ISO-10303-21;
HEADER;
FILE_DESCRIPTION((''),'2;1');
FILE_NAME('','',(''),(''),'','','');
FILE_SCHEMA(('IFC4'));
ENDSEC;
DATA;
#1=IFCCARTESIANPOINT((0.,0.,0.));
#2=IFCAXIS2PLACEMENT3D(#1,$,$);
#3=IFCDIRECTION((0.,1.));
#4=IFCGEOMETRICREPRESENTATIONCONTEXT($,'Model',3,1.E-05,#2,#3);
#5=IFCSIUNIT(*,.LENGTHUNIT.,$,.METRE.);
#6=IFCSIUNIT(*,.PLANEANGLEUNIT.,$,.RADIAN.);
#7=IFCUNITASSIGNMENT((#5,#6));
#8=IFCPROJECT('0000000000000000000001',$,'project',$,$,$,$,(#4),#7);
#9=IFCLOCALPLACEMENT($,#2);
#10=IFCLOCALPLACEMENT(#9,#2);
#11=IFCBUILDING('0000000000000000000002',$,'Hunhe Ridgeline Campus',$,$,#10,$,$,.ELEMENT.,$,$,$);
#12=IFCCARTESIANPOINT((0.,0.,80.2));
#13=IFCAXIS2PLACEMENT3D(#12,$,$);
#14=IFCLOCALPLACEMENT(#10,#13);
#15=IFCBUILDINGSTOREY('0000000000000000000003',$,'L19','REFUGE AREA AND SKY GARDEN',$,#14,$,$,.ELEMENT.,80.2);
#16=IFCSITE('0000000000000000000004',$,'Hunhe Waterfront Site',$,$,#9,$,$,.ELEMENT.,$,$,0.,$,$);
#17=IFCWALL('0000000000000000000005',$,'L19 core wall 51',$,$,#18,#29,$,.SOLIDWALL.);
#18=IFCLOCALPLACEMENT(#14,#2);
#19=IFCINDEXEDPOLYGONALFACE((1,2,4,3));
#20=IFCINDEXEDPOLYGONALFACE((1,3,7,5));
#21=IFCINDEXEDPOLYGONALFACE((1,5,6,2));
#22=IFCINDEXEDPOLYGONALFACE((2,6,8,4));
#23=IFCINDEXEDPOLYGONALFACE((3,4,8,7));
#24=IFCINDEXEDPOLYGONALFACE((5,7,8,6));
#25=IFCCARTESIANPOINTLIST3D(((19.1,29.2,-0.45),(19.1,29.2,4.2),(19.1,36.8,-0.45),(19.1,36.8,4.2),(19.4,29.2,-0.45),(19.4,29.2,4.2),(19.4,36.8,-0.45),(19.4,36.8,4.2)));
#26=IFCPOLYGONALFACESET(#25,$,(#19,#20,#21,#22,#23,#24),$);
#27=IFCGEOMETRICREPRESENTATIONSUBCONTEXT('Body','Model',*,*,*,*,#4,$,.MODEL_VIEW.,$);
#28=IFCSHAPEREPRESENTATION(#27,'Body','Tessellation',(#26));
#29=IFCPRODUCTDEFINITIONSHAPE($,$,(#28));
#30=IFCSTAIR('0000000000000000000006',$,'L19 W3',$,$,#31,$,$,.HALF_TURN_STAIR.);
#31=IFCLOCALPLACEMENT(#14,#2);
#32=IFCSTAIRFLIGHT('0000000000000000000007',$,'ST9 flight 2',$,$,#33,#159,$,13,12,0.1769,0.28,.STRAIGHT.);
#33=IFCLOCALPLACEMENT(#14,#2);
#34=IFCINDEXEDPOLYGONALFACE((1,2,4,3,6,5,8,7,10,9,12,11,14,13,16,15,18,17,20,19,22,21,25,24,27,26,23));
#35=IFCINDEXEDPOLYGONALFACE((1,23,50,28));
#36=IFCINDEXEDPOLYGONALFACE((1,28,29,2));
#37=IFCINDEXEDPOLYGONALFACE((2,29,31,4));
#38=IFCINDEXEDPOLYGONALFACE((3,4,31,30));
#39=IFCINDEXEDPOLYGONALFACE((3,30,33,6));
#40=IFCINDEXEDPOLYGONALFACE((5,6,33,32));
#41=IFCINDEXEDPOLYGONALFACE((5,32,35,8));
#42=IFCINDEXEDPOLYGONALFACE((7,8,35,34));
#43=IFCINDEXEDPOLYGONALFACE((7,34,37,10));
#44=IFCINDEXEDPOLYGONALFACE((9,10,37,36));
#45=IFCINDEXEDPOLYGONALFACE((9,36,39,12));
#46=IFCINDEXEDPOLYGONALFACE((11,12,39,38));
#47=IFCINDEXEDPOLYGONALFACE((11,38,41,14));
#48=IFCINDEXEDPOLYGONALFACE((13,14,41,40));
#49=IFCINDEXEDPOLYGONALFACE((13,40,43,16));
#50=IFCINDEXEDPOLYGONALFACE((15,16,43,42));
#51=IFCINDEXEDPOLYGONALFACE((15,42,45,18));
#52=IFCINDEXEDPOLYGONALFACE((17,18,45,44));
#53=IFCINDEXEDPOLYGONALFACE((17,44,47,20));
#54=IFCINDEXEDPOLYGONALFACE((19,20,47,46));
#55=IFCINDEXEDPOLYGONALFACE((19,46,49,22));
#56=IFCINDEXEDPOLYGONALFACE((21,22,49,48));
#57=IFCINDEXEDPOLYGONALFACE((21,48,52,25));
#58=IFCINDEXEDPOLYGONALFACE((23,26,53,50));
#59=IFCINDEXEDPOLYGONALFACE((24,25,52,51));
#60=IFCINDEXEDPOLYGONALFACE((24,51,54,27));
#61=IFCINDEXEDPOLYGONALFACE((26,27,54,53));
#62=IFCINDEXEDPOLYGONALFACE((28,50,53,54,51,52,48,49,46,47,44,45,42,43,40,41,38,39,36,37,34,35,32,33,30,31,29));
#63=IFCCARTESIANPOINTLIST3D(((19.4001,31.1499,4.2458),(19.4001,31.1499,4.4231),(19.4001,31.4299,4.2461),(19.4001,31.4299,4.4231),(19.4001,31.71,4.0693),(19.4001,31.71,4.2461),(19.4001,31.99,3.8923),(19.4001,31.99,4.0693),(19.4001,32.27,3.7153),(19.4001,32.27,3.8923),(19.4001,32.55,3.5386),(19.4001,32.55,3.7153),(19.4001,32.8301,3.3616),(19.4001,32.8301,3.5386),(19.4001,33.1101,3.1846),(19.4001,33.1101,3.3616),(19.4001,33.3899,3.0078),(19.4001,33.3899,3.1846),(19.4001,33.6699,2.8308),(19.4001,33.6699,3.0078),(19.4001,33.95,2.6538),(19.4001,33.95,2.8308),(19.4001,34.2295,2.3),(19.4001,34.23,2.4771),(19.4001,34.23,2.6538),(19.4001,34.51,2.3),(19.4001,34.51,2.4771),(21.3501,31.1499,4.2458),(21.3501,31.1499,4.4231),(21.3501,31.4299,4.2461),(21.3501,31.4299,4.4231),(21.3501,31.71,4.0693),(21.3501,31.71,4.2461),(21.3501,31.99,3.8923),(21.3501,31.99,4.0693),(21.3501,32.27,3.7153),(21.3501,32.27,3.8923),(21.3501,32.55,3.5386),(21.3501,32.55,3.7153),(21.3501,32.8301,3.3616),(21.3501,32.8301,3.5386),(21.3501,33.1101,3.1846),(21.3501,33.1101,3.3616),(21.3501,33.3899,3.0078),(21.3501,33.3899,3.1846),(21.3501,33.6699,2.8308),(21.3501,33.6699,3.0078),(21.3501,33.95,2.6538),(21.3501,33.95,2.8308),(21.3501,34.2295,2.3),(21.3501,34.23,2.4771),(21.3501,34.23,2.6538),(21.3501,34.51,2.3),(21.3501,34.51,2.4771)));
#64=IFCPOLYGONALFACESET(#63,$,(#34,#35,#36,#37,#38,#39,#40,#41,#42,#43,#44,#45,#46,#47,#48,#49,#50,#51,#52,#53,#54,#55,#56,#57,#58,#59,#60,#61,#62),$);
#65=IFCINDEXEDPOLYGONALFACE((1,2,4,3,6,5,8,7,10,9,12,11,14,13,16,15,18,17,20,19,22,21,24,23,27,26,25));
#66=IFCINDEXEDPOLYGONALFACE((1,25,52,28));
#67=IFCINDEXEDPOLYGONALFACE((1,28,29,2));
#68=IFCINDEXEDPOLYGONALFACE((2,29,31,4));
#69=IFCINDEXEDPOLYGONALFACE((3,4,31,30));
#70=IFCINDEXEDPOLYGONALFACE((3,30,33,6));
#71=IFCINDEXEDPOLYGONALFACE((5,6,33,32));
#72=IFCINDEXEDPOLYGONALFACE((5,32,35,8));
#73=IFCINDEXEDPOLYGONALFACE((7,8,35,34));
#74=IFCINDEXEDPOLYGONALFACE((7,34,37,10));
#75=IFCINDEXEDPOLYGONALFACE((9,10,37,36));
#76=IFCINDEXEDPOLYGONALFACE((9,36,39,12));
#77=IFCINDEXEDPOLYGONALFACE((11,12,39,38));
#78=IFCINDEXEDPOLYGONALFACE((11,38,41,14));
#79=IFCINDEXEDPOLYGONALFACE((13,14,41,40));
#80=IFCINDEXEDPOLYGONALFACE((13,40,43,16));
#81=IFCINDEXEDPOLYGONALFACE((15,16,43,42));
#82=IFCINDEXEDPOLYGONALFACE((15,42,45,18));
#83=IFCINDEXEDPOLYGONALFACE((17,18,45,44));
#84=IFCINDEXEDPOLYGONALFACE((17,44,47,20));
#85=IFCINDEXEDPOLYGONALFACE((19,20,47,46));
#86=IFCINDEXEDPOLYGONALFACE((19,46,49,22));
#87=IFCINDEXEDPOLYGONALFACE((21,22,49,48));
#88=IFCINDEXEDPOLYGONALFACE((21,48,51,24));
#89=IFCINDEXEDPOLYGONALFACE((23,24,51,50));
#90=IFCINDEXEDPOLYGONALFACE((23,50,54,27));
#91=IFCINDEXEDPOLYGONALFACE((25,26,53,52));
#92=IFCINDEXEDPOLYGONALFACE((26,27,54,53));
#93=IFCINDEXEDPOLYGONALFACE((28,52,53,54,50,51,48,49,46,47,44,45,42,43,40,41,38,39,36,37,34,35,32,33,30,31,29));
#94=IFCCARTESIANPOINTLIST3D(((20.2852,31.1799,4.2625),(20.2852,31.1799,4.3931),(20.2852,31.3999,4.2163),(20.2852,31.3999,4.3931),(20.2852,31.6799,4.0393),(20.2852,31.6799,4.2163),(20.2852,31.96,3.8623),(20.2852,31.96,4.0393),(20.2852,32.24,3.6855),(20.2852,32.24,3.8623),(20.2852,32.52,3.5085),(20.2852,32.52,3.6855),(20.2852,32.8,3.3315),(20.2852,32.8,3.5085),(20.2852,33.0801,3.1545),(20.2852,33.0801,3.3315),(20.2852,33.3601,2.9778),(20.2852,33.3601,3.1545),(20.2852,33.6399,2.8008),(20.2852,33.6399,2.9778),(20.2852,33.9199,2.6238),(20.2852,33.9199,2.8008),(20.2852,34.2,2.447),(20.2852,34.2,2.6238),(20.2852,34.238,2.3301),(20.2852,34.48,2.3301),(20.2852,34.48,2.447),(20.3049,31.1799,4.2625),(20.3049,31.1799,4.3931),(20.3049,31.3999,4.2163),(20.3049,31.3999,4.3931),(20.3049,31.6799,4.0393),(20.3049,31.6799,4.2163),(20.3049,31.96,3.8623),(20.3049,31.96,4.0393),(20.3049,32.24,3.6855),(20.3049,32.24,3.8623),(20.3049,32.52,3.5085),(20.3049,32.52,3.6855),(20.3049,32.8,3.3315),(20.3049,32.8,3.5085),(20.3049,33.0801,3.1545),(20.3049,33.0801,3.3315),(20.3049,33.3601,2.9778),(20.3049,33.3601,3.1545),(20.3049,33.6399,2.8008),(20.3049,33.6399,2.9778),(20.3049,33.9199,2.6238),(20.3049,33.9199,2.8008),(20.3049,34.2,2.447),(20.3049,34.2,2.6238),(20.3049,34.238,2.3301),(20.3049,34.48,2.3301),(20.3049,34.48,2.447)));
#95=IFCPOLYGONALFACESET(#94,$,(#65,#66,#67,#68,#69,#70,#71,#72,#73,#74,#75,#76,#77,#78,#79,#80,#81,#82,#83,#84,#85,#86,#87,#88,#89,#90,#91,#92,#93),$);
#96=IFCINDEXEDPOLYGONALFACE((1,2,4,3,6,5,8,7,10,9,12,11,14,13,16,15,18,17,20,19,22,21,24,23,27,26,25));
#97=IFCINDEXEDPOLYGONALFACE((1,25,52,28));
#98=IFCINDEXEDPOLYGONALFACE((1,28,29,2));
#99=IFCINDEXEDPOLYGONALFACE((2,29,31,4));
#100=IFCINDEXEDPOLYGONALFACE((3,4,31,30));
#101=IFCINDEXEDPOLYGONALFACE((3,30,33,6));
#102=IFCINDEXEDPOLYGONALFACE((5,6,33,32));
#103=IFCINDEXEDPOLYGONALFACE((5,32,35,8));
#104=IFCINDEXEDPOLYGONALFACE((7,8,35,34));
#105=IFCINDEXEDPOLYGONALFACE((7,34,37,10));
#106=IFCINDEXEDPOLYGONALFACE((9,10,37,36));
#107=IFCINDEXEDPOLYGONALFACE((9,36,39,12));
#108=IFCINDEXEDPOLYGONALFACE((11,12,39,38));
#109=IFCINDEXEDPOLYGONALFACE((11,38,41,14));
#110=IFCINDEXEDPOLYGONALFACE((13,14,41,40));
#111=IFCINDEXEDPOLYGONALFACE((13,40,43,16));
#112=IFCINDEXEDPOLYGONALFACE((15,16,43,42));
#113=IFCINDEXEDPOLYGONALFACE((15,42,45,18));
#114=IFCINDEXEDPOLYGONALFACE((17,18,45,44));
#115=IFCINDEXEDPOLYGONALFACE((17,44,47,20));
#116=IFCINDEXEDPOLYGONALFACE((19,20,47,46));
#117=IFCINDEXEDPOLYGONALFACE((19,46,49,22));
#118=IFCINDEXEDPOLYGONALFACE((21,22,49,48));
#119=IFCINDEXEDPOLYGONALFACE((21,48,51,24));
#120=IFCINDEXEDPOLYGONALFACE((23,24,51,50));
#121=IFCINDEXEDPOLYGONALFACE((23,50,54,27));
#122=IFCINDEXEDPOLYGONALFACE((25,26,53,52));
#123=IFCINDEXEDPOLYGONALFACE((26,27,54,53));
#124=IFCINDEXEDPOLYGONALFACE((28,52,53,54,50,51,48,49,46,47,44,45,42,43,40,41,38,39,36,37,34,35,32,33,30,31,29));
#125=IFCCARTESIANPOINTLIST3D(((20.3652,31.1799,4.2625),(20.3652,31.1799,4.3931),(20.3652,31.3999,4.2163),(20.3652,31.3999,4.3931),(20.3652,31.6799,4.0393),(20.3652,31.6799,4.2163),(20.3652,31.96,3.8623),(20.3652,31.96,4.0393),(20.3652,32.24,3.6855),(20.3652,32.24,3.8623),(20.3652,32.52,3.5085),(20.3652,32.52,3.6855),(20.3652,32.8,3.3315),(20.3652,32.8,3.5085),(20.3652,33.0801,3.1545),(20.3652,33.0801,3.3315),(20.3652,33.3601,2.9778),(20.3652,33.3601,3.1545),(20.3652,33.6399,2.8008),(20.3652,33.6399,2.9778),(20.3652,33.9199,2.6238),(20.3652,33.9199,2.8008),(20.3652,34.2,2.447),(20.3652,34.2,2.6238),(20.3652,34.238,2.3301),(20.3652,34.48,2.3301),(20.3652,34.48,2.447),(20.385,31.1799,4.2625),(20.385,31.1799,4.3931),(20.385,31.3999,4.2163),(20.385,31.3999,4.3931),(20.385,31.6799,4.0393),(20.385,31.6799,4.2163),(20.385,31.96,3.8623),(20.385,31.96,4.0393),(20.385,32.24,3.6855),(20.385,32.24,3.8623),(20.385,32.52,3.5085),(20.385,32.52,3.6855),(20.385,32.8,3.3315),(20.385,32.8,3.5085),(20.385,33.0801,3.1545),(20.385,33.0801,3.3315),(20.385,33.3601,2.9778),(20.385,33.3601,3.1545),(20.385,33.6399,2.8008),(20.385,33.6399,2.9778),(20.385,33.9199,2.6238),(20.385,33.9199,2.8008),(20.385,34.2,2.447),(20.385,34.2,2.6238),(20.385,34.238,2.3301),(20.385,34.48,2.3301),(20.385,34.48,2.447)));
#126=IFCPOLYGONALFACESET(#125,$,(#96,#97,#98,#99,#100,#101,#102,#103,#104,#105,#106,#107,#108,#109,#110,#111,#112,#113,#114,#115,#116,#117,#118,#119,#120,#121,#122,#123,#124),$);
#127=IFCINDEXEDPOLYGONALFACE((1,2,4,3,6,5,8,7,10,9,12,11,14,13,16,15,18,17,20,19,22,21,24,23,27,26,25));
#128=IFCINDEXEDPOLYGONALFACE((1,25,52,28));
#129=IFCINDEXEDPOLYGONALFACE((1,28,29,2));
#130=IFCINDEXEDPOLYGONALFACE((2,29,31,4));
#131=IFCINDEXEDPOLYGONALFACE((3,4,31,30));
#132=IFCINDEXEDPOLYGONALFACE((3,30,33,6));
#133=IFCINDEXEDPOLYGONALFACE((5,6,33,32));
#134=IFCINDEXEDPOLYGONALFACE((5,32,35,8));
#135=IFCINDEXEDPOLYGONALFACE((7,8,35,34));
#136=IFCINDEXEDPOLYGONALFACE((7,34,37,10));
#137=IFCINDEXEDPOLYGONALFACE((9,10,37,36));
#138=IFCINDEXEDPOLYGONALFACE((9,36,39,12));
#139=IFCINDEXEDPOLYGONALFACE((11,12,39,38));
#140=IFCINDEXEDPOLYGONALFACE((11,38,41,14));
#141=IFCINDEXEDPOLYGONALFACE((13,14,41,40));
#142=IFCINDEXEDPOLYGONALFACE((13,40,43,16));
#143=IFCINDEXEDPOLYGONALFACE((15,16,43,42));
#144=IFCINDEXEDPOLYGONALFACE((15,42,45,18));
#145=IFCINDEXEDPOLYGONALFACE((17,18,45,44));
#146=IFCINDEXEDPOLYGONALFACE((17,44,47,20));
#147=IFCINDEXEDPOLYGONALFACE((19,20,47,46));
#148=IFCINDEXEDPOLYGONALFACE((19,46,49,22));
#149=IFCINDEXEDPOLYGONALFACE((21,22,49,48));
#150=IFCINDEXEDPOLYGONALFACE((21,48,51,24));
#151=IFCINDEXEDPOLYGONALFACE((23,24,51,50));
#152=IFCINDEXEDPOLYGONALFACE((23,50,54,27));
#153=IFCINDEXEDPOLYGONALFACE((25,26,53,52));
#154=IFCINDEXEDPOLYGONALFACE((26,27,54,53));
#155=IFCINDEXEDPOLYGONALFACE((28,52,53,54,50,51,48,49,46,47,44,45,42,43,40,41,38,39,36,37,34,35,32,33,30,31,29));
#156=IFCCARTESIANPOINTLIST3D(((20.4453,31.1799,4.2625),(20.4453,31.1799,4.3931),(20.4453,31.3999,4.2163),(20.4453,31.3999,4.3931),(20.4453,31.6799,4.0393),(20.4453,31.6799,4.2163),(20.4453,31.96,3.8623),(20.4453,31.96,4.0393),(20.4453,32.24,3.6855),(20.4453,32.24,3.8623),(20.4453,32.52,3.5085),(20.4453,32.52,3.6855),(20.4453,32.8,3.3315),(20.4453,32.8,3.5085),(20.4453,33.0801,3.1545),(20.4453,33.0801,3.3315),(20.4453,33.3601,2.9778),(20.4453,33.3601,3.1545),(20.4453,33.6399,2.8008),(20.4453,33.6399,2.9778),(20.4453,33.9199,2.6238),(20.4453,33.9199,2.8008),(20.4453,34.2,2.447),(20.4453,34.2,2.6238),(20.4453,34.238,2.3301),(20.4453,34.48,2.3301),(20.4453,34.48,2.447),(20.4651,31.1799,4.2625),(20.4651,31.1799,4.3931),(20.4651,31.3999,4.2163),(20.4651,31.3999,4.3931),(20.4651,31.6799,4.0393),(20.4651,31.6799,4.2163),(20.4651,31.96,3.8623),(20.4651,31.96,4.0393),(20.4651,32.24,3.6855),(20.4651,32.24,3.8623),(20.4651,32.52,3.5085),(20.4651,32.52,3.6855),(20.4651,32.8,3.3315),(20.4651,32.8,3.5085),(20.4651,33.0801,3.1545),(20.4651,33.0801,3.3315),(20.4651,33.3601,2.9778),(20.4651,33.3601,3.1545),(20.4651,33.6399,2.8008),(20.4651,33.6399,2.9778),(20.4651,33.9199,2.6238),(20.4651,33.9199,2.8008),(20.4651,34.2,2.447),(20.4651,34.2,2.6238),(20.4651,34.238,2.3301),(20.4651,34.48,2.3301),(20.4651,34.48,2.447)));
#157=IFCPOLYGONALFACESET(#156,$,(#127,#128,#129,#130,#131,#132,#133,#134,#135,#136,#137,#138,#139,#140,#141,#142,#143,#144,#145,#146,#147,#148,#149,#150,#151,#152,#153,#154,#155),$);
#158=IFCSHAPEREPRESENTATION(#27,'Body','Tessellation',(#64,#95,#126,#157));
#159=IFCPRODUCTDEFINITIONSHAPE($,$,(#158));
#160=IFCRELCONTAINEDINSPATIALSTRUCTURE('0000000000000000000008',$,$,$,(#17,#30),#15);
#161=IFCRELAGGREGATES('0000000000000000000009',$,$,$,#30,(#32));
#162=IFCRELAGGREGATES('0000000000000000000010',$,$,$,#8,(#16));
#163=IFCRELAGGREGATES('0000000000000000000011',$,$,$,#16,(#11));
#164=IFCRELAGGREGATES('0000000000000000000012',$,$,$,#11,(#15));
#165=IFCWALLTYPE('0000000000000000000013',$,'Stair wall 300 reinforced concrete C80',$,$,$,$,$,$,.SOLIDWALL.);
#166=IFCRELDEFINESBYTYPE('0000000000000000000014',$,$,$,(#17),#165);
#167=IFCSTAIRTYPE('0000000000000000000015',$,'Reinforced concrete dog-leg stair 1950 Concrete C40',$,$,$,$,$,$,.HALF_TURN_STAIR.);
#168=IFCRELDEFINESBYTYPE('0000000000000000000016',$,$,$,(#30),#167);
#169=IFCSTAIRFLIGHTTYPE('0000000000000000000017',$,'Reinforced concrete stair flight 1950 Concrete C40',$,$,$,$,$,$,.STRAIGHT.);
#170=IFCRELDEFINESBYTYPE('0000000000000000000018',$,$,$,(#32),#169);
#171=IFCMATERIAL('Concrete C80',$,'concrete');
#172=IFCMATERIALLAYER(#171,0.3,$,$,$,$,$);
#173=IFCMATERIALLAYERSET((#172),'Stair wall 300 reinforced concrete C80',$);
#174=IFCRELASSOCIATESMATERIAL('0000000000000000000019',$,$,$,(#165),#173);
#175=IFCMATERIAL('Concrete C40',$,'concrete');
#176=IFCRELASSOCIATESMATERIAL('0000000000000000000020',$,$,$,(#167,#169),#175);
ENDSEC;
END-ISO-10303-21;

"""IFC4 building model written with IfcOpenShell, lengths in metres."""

from ifc_helpers import new_model, si_unit, direction, frame, frame_2d, origin, place, context, subcontext, project, spatial, polyline, rectangle, outline, extrude, material, layer, layer_set, type_object, element, aggregate, save


model = new_model("IFC4")

# Units and contexts
model_context = context("Model", 3, precision=1e-05, world=origin(), true_north=direction((0.0, 1.0)))
body_context = subcontext(model_context, "Body", "Model", "MODEL_VIEW")
ifc_project = project(units=[si_unit("LENGTHUNIT", "METRE"), si_unit("PLANEANGLEUNIT", "RADIAN")], contexts=[model_context])

# Site, building, storey
site_placement = place(None, origin())
site = spatial("IfcSite", under=ifc_project, at=site_placement, Name="Hunhe Waterfront Site", CompositionType="ELEMENT", RefElevation=0.0)
building_placement = place(site_placement, origin())
building = spatial("IfcBuilding", under=site, at=building_placement, Name="Hunhe Ridgeline Campus", CompositionType="ELEMENT")
storey_placement = place(building_placement, frame((0.0, 0.0, 80.2)))
storey = spatial("IfcBuildingStorey", under=building, at=storey_placement, Name="L19", Description="REFUGE AREA AND SKY GARDEN", CompositionType="ELEMENT", Elevation=80.2)

# Shared definitions
ifc_material_1 = material(Name="Concrete C80", Category="concrete")

# Wall
ifc_layer_1 = layer(ifc_material_1, 0.3)
ifc_layer_set_1 = layer_set([ifc_layer_1], Name="Stair wall 300 reinforced concrete C80")
wall_type_1 = type_object("IfcWallType", Name="Stair wall 300 reinforced concrete C80", PredefinedType="SOLIDWALL", material=ifc_layer_set_1)
wall_1_placement = place(storey_placement, frame((19.25, 29.2, -0.45), z_axis=(0.0, 0.0, 1.0), x_axis=(0.0, 1.0, 0.0)))
element("IfcWall", 1, at=wall_1_placement, inside=storey, type_object=wall_type_1, Name="L19 core wall 51", PredefinedType="SOLIDWALL", context=body_context, shape_type="SweptSolid", body=[
    extrude(rectangle(XDim=7.6001, YDim=0.3, at=frame_2d((3.8, 0.0))), origin(), (0.0, 0.0, 1.0), 4.6499),
])

# Stair, stair flight
ifc_material_2 = material(Name="Concrete C40", Category="concrete")
stair_type = type_object("IfcStairType", Name="Reinforced concrete dog-leg stair 1950 Concrete C40", PredefinedType="HALF_TURN_STAIR", material=ifc_material_2)
stair_placement = place(storey_placement, origin())
stair = element("IfcStair", 2, at=stair_placement, inside=storey, type_object=stair_type, Name="L19 W3", PredefinedType="HALF_TURN_STAIR")
stair_flight_type = type_object("IfcStairFlightType", Name="Reinforced concrete stair flight 1950 Concrete C40", PredefinedType="STRAIGHT", material=ifc_material_2)
stair_flight_placement = place(storey_placement, frame((20.375, 34.51, 2.3), z_axis=(0.0, 0.0, 1.0), x_axis=(0.0, -1.0, 0.0)))
stair_flight = element("IfcStairFlight", 3, at=stair_flight_placement, type_object=stair_flight_type, Name="ST9 flight 2", NumberOfRisers=13, NumberOfTreads=12, PredefinedType="STRAIGHT", RiserHeight=0.1769, TreadLength=0.28, context=body_context, shape_type="SweptSolid", body=[
    extrude(outline(polyline([(0.0, 0.0), (0.0, 0.177), (0.28, 0.177), (0.28, 0.3538), (0.5601, 0.3538), (0.5601, 0.5308), (0.8401, 0.5308), (0.8401, 0.7078), (1.1201, 0.7078), (1.1201, 0.8845), (1.3999, 0.8845), (1.3999, 1.0615), (1.6799, 1.0615), (1.6799, 1.2385), (1.96, 1.2385), (1.96, 1.4153), (2.24, 1.4153), (2.24, 1.5923), (2.52, 1.5923), (2.52, 1.7693), (2.8, 1.7693), (2.8, 1.946), (3.0801, 1.946), (3.0801, 2.123), (3.3601, 2.123), (3.3601, 2.3), (3.3601, 1.9458), (0.2805, 0.0), (0.0, 0.0)])), frame((0.0, 0.9751, 0.0), z_axis=(0.0, -1.0, 0.0), x_axis=(1.0, 0.0, 0.0)), (0.0, 0.0, 1.0), 1.95),
    extrude(outline(polyline([(0.03, 0.03), (0.03, 0.147), (0.3101, 0.147), (0.3101, 0.3237), (0.5901, 0.3237), (0.5901, 0.5007), (0.8701, 0.5007), (0.8701, 0.6777), (1.1499, 0.6777), (1.1499, 0.8545), (1.4299, 0.8545), (1.4299, 1.0315), (1.71, 1.0315), (1.71, 1.2085), (1.99, 1.2085), (1.99, 1.3855), (2.27, 1.3855), (2.27, 1.5623), (2.55, 1.5623), (2.55, 1.7393), (2.8301, 1.7393), (2.8301, 1.9163), (3.1101, 1.9163), (3.1101, 2.093), (3.3301, 2.093), (3.3301, 1.9624), (0.272, 0.03), (0.03, 0.03)])), frame((0.0, -0.0701, 0.0), z_axis=(0.0, -1.0, 0.0), x_axis=(1.0, 0.0, 0.0)), (0.0, 0.0, 1.0), 0.0198),
    extrude(outline(polyline([(0.03, 0.03), (0.03, 0.147), (0.3101, 0.147), (0.3101, 0.3237), (0.5901, 0.3237), (0.5901, 0.5007), (0.8701, 0.5007), (0.8701, 0.6777), (1.1499, 0.6777), (1.1499, 0.8545), (1.4299, 0.8545), (1.4299, 1.0315), (1.71, 1.0315), (1.71, 1.2085), (1.99, 1.2085), (1.99, 1.3855), (2.27, 1.3855), (2.27, 1.5623), (2.55, 1.5623), (2.55, 1.7393), (2.8301, 1.7393), (2.8301, 1.9163), (3.1101, 1.9163), (3.1101, 2.093), (3.3301, 2.093), (3.3301, 1.9624), (0.272, 0.03), (0.03, 0.03)])), frame((0.0, 0.01, 0.0), z_axis=(0.0, -1.0, 0.0), x_axis=(1.0, 0.0, 0.0)), (0.0, 0.0, 1.0), 0.0198),
    extrude(outline(polyline([(0.03, 0.03), (0.03, 0.147), (0.3101, 0.147), (0.3101, 0.3237), (0.5901, 0.3237), (0.5901, 0.5007), (0.8701, 0.5007), (0.8701, 0.6777), (1.1499, 0.6777), (1.1499, 0.8545), (1.4299, 0.8545), (1.4299, 1.0315), (1.71, 1.0315), (1.71, 1.2085), (1.99, 1.2085), (1.99, 1.3855), (2.27, 1.3855), (2.27, 1.5623), (2.55, 1.5623), (2.55, 1.7393), (2.8301, 1.7393), (2.8301, 1.9163), (3.1101, 1.9163), (3.1101, 2.093), (3.3301, 2.093), (3.3301, 1.9624), (0.272, 0.03), (0.03, 0.03)])), frame((0.0, 0.0901, 0.0), z_axis=(0.0, -1.0, 0.0), x_axis=(1.0, 0.0, 0.0)), (0.0, 0.0, 1.0), 0.0198),
])
aggregate(stair, [stair_flight])

save(model, "model.ifc")
